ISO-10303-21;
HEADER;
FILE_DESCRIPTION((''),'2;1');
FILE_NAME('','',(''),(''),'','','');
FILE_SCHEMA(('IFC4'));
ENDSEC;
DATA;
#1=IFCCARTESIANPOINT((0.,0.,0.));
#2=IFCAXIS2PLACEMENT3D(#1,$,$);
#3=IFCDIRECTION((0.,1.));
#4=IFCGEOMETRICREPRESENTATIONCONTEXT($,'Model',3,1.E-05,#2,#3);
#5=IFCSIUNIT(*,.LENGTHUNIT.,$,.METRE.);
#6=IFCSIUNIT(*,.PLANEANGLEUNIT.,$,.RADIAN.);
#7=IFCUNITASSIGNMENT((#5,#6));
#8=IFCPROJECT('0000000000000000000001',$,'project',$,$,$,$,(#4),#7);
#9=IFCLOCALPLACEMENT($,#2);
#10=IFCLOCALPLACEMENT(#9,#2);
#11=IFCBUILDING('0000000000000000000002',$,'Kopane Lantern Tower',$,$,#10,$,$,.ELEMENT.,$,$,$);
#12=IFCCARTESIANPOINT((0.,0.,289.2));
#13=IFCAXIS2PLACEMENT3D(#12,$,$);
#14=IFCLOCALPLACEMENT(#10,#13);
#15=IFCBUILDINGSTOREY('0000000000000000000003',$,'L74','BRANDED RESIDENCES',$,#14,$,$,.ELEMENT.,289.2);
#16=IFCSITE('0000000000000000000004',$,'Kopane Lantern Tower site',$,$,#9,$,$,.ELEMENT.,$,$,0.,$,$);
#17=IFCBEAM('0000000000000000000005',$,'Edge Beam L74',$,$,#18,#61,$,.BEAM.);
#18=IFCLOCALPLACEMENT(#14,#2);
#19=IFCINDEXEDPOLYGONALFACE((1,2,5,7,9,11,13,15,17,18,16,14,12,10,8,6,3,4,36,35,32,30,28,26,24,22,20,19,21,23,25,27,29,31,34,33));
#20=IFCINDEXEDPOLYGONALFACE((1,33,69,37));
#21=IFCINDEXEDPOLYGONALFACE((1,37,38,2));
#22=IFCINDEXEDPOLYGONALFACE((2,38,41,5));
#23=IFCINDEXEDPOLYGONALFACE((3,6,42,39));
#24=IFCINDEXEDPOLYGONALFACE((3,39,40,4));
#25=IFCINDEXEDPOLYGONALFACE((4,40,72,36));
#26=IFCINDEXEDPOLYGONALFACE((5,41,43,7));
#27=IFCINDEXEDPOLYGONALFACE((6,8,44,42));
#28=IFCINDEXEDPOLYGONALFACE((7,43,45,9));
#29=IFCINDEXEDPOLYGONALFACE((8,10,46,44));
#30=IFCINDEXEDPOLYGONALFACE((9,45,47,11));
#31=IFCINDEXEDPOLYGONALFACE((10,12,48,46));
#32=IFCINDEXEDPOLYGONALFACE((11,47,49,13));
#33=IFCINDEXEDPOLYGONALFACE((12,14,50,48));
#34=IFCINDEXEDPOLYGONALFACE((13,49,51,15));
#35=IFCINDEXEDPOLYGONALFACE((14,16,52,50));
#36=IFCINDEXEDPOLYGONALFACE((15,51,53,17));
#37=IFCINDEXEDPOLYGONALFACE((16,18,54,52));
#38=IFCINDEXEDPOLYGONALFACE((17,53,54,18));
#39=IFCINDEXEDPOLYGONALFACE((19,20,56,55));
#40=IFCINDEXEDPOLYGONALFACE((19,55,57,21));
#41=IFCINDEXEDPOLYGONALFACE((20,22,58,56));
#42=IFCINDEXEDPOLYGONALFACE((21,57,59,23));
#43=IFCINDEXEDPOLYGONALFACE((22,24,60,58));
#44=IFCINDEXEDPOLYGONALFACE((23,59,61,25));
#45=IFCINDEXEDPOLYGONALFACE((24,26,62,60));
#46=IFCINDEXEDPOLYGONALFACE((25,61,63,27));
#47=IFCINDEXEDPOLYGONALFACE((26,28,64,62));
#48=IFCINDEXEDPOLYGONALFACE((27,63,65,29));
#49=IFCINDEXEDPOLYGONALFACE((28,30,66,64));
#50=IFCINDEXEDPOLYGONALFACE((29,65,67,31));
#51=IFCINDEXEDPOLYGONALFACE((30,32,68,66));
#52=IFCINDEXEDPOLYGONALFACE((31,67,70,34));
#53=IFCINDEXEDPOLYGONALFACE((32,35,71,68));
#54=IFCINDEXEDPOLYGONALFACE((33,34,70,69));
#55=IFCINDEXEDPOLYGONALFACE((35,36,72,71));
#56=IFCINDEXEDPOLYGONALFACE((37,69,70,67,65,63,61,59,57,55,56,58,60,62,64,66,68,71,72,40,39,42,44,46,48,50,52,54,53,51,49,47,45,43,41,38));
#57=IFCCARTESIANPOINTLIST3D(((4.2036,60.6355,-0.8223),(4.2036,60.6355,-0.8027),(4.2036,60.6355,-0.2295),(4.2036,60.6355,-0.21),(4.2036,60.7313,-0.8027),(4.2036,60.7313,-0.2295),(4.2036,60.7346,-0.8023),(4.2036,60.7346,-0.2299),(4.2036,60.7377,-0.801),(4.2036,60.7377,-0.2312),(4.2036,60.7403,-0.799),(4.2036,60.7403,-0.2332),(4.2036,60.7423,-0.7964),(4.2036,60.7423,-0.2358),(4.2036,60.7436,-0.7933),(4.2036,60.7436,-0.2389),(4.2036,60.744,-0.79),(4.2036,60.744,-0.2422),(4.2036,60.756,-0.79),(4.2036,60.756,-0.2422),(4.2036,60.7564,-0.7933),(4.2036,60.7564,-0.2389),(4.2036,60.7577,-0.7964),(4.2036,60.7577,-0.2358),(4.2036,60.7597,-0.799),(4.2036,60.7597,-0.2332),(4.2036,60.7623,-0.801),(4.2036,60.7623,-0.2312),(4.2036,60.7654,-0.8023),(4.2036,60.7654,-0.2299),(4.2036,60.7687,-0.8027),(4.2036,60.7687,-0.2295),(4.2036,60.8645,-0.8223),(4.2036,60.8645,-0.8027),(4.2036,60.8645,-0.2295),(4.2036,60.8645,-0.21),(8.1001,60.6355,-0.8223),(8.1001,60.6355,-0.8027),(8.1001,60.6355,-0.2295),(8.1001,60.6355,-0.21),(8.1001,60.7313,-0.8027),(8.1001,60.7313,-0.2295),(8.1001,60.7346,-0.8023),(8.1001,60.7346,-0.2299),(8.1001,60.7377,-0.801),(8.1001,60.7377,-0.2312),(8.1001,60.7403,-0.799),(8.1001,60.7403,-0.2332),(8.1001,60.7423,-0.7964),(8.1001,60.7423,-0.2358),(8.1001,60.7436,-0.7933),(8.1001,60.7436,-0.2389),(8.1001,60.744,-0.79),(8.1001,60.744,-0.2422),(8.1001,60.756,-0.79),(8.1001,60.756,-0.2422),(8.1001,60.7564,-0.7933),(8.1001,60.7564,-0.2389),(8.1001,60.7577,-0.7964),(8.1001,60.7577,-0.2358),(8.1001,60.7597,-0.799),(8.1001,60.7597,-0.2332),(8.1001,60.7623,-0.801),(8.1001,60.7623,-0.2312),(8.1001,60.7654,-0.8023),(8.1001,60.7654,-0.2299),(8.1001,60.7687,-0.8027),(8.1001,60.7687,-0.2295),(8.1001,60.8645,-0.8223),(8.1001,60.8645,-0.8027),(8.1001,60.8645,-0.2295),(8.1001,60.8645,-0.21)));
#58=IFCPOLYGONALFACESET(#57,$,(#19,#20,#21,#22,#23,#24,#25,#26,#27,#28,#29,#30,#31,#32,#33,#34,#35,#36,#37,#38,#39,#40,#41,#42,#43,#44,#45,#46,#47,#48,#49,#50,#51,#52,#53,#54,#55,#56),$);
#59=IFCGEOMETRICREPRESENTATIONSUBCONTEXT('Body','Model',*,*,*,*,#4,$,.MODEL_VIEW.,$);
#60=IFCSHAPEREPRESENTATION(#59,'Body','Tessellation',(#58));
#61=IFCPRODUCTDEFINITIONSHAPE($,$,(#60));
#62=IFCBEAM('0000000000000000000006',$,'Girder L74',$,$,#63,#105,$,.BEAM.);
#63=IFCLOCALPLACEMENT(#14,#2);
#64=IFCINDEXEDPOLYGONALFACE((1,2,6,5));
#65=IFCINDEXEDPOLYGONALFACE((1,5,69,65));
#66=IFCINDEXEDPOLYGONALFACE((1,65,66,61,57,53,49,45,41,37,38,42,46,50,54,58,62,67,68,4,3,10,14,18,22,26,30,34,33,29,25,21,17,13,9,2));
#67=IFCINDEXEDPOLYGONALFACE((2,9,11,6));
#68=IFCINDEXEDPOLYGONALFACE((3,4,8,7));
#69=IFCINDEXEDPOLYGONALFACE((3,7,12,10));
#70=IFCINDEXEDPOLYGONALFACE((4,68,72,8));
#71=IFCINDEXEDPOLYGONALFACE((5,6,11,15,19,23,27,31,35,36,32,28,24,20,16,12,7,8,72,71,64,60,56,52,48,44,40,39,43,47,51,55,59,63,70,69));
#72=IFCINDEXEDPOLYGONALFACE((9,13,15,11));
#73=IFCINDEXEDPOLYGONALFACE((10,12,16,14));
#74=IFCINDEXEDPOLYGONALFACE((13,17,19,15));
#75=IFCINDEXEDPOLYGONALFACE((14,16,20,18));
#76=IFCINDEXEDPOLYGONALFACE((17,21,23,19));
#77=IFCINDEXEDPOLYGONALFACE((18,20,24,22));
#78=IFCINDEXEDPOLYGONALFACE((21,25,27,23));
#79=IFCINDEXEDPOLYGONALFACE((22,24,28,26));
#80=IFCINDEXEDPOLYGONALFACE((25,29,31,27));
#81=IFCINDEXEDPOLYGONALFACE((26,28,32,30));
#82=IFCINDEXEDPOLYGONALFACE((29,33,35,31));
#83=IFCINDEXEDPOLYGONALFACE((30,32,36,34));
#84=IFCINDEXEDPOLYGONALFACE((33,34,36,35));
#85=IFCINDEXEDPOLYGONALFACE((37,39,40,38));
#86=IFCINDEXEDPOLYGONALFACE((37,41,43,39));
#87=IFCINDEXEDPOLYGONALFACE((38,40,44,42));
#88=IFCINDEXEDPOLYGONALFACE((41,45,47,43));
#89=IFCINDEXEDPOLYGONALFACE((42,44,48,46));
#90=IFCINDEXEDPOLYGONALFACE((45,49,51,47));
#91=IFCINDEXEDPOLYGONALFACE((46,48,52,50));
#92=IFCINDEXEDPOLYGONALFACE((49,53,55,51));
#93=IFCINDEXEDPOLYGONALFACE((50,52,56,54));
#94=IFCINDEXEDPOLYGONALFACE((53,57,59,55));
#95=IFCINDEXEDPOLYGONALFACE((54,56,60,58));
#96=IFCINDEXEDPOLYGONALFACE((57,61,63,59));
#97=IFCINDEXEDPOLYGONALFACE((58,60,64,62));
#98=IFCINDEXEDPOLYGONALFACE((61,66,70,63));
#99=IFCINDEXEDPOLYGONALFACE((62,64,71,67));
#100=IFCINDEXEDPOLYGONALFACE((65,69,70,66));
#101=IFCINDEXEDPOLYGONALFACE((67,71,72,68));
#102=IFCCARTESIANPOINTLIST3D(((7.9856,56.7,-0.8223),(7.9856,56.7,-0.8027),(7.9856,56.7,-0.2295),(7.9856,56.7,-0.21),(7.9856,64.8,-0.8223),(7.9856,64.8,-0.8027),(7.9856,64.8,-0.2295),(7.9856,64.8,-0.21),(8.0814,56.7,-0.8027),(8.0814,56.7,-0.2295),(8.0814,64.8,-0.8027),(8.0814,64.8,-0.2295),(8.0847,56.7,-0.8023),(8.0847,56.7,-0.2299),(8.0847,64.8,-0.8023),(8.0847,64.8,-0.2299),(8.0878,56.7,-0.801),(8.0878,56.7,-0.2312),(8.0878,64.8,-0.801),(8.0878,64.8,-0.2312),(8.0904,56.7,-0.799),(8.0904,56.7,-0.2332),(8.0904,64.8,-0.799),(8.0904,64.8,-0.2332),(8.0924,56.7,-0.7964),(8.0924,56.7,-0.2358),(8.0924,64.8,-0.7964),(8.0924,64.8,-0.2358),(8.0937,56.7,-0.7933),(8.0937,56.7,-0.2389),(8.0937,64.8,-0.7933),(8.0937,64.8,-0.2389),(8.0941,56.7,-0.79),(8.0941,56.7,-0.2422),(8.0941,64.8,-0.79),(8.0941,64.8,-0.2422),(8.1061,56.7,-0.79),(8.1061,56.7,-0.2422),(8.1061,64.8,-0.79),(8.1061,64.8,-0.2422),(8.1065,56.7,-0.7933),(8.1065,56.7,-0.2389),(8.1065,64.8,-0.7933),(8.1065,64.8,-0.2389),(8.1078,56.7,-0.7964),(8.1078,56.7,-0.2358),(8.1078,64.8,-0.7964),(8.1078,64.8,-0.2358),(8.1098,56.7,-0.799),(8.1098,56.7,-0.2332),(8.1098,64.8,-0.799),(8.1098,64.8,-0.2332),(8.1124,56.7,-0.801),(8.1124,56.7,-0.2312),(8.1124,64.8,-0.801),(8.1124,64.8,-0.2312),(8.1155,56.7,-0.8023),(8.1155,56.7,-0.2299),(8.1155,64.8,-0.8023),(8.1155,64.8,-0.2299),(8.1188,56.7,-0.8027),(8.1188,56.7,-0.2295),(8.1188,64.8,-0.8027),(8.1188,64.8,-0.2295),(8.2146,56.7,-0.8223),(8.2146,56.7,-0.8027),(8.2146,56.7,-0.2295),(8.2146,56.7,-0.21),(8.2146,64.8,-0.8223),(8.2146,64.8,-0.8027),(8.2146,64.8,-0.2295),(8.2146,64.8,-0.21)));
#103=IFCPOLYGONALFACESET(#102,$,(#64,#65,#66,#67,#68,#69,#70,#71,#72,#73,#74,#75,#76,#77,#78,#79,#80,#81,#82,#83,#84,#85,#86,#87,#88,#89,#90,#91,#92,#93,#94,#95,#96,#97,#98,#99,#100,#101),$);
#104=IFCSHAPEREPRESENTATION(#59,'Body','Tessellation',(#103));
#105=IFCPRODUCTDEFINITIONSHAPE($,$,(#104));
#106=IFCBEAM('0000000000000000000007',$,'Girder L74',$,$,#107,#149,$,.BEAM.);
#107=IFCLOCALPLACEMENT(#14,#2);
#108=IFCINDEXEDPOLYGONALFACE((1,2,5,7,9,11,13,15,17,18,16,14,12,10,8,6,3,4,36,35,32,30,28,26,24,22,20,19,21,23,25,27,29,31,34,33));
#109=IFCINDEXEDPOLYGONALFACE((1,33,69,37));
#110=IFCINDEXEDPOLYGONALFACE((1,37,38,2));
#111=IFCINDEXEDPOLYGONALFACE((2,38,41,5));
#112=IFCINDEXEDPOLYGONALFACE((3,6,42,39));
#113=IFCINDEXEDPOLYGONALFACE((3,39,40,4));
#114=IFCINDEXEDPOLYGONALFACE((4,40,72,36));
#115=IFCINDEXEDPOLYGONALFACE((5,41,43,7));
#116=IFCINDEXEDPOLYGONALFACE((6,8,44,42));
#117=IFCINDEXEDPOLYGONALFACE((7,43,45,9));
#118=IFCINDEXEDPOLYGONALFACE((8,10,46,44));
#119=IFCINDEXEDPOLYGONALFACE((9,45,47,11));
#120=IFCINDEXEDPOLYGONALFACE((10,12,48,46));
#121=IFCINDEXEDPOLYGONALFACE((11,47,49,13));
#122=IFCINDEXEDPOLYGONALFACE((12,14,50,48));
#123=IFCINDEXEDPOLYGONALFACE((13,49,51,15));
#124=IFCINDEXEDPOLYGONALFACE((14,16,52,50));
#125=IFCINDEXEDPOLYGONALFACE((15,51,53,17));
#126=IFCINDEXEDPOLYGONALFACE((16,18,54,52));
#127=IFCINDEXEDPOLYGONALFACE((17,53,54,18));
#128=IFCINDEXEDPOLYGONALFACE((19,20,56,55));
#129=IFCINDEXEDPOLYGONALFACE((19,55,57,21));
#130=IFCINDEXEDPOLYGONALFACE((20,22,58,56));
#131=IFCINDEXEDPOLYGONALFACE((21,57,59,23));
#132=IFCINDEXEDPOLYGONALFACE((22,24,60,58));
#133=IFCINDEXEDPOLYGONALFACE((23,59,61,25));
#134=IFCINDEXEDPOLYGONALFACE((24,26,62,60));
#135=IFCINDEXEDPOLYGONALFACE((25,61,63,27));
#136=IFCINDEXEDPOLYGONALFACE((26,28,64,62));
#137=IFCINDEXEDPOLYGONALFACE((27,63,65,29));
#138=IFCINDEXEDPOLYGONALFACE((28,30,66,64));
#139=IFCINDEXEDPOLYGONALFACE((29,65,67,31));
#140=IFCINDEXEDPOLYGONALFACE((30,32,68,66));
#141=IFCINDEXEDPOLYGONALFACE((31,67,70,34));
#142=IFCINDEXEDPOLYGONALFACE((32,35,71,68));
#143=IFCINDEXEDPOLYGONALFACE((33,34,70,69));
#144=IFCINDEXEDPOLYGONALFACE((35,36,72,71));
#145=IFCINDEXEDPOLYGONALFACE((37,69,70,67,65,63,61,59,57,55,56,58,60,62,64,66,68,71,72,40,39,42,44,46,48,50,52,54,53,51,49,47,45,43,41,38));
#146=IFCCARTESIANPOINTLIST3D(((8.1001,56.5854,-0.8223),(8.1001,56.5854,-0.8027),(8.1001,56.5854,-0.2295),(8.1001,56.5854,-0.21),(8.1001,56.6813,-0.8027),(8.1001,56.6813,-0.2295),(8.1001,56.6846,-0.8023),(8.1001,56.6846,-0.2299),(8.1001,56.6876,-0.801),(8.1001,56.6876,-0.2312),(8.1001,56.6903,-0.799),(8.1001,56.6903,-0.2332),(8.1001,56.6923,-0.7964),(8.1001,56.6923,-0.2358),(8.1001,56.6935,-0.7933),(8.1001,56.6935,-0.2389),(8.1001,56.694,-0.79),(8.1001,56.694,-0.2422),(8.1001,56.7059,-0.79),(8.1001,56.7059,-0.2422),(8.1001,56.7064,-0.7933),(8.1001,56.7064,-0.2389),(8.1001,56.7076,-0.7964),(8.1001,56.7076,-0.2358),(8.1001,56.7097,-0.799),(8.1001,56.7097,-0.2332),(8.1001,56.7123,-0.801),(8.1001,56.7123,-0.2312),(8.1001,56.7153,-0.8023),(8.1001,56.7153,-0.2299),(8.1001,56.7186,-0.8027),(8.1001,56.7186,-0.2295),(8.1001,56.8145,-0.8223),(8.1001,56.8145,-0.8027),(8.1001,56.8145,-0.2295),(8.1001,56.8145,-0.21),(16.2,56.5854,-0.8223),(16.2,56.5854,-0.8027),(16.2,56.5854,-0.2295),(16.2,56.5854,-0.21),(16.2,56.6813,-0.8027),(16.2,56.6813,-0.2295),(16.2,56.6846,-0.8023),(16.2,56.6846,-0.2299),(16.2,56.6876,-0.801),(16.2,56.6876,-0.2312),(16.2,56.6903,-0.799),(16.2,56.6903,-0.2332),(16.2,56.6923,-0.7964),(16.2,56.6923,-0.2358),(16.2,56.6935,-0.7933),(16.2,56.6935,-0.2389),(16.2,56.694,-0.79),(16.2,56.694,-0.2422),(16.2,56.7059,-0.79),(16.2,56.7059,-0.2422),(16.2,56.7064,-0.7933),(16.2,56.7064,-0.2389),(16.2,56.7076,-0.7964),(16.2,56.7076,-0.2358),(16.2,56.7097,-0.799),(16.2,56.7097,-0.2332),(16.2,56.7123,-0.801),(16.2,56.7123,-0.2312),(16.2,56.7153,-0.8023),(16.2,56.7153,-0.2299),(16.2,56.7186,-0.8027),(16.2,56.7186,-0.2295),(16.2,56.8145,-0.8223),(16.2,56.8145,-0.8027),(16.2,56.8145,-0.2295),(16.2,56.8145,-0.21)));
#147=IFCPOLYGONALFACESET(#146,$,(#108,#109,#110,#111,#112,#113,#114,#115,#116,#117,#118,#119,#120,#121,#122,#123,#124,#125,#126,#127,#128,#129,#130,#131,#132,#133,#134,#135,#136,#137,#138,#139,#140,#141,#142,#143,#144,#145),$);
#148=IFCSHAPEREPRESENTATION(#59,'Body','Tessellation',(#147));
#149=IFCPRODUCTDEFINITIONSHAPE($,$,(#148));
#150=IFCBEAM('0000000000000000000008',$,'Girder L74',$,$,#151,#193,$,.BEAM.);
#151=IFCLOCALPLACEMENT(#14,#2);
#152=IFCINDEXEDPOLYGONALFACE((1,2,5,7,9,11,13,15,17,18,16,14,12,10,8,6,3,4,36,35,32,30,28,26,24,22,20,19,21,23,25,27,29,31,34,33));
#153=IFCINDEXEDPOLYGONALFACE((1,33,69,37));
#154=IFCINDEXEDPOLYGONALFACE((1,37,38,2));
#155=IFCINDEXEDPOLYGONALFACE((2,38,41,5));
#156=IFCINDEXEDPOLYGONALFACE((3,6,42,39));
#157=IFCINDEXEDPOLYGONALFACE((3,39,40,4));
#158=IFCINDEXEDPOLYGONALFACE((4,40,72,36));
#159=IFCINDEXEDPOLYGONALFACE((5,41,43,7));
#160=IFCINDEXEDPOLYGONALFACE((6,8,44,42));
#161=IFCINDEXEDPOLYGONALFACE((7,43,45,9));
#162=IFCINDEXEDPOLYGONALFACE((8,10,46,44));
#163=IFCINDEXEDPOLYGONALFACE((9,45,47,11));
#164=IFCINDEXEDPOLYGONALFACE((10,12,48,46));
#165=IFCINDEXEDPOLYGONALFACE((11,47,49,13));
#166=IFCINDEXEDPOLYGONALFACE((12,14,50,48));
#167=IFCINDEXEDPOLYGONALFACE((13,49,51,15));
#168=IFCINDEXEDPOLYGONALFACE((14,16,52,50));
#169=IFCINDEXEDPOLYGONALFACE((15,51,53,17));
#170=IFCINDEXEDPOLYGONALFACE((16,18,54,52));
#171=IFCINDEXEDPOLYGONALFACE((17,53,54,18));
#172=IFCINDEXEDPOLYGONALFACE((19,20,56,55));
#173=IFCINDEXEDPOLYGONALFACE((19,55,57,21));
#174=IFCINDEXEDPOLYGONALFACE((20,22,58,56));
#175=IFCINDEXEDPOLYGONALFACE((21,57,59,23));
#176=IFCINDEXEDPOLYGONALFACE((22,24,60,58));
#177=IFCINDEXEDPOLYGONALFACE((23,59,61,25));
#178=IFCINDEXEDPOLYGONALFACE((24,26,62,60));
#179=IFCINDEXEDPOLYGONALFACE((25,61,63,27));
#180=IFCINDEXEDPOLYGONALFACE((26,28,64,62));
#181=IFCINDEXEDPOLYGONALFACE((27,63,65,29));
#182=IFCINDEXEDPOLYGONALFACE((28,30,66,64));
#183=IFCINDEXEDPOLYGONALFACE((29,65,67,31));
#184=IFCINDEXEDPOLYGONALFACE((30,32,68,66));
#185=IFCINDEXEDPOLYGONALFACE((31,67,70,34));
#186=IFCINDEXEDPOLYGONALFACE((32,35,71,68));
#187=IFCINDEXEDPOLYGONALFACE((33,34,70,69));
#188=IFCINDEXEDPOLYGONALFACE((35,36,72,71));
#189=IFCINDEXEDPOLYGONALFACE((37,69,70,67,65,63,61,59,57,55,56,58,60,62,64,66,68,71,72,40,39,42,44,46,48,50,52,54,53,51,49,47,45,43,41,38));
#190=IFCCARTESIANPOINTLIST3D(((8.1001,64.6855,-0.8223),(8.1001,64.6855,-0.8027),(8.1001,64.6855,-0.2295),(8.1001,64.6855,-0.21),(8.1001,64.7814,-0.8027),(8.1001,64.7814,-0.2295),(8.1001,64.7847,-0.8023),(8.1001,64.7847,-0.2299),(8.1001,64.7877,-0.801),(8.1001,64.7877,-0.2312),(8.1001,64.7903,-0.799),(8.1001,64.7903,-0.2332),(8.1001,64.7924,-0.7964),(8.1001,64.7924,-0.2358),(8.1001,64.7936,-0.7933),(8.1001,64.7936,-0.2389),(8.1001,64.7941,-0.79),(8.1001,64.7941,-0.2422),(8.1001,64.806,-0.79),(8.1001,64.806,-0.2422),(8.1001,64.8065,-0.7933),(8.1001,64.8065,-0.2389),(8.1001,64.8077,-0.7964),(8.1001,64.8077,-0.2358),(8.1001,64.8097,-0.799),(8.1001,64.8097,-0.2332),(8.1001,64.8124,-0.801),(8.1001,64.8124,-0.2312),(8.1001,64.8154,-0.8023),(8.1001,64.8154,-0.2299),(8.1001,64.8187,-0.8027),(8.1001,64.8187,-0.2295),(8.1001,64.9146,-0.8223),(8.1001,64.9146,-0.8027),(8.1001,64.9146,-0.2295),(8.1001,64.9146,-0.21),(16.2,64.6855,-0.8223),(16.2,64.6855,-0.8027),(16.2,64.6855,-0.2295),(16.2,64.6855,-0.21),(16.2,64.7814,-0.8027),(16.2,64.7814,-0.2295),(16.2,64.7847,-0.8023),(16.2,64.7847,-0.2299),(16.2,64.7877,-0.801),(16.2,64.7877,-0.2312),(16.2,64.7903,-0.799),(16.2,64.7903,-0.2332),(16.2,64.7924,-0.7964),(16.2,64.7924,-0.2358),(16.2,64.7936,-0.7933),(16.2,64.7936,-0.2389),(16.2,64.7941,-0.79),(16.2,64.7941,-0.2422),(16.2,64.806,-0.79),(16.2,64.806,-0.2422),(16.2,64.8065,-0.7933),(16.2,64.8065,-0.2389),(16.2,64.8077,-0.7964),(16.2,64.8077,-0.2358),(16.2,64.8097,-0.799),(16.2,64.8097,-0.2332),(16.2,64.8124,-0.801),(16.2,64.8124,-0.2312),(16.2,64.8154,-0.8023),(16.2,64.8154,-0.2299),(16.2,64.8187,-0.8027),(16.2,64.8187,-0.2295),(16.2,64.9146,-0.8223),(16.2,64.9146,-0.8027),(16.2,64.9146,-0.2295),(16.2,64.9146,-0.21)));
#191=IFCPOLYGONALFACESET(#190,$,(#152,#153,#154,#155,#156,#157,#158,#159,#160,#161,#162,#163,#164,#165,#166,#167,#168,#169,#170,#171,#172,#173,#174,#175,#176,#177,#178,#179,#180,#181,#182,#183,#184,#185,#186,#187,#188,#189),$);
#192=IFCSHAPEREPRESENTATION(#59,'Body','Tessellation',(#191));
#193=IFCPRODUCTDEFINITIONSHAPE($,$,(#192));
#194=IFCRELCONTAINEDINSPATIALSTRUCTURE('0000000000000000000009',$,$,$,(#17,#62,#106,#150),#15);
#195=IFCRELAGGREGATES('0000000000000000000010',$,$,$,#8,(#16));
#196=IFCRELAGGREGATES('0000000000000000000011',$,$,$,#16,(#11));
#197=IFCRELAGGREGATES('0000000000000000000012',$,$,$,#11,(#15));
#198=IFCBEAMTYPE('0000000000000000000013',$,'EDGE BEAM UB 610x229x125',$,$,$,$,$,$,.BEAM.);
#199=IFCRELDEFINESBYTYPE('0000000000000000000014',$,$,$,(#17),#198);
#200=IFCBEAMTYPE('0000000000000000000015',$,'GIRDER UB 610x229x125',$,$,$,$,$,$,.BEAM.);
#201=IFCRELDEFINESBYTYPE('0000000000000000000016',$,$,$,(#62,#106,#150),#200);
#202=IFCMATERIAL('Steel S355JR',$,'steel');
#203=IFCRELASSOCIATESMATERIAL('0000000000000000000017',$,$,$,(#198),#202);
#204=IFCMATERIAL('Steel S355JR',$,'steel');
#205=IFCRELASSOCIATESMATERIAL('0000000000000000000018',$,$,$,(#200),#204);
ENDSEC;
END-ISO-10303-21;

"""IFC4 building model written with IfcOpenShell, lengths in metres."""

from ifc_helpers import new_model, si_unit, direction, frame, origin, origin_2d, place, context, subcontext, project, spatial, i_section, extrude, material, material_profile, profile_set, type_object, element, save


model = new_model("IFC4")

# Units and contexts
model_context = context("Model", 3, precision=1e-05, world=origin(), true_north=direction((0.0, 1.0)))
body_context = subcontext(model_context, "Body", "Model", "MODEL_VIEW")
ifc_project = project(units=[si_unit("LENGTHUNIT", "METRE"), si_unit("PLANEANGLEUNIT", "RADIAN")], contexts=[model_context])

# Site, building, storey
site_placement = place(None, origin())
site = spatial("IfcSite", under=ifc_project, at=site_placement, Name="Kopane Lantern Tower site", CompositionType="ELEMENT", RefElevation=0.0)
building_placement = place(site_placement, origin())
building = spatial("IfcBuilding", under=site, at=building_placement, Name="Kopane Lantern Tower", CompositionType="ELEMENT")
storey_placement = place(building_placement, frame((0.0, 0.0, 289.2)))
storey = spatial("IfcBuildingStorey", under=building, at=storey_placement, Name="L74", Description="BRANDED RESIDENCES", CompositionType="ELEMENT", Elevation=289.2)

# Beams
ifc_material_1 = material(Name="Steel S355JR", Category="steel")
ifc_material_profile_1 = material_profile(ifc_material_1, i_section(OverallWidth=0.229, OverallDepth=0.6123, WebThickness=0.012, FlangeThickness=0.0195, FilletRadius=0.0127, at=origin_2d()), Name="UB 610x229x125")
ifc_profile_set_1 = profile_set([ifc_material_profile_1], Name="Steel S355JR")
beam_type_1 = type_object("IfcBeamType", Name="EDGE BEAM UB 610x229x125", PredefinedType="BEAM", material=ifc_profile_set_1)
beam_1_placement = place(storey_placement, frame((4.2036, 60.75, -0.5161), z_axis=(1.0, 0.0, 0.0), x_axis=(0.0, 1.0, 0.0)))
element("IfcBeam", 1, at=beam_1_placement, inside=storey, type_object=beam_type_1, Name="Edge Beam L74", PredefinedType="BEAM", context=body_context, shape_type="SweptSolid", body=[
    extrude(i_section(OverallWidth=0.229, OverallDepth=0.6123, WebThickness=0.012, FlangeThickness=0.0195, FilletRadius=0.0127, at=origin_2d()), origin(), (0.0, 0.0, 1.0), 3.8965),
])
ifc_material_2 = material(Name="Steel S355JR", Category="steel")
ifc_material_profile_2 = material_profile(ifc_material_2, i_section(OverallWidth=0.229, OverallDepth=0.6123, WebThickness=0.012, FlangeThickness=0.0195, FilletRadius=0.0127, at=origin_2d()), Name="UB 610x229x125")
ifc_profile_set_2 = profile_set([ifc_material_profile_2], Name="Steel S355JR")
beam_type_2 = type_object("IfcBeamType", Name="GIRDER UB 610x229x125", PredefinedType="BEAM", material=ifc_profile_set_2)
beam_2_placement = place(storey_placement, frame((8.1001, 56.7, -0.5161), z_axis=(0.0, 1.0, 0.0), x_axis=(-1.0, 0.0, 0.0)))
element("IfcBeam", 2, at=beam_2_placement, inside=storey, type_object=beam_type_2, Name="Girder L74", PredefinedType="BEAM", context=body_context, shape_type="SweptSolid", body=[
    extrude(i_section(OverallWidth=0.229, OverallDepth=0.6123, WebThickness=0.012, FlangeThickness=0.0195, FilletRadius=0.0127, at=origin_2d()), origin(), (0.0, 0.0, 1.0), 8.1001),
])
for number, where, z_axis, x_axis, name in (
    (3, (8.1001, 56.7, -0.5161), (1.0, 0.0, 0.0), (0.0, 1.0, 0.0), "Girder L74"),
    (4, (8.1001, 64.8, -0.5161), (1.0, 0.0, 0.0), (0.0, 1.0, 0.0), "Girder L74"),
):
    element("IfcBeam", number, at=place(storey_placement, frame(where, z_axis=z_axis, x_axis=x_axis)), inside=storey, type_object=beam_type_2, Name=name, PredefinedType="BEAM", context=body_context, shape_type="SweptSolid", body=[
        extrude(i_section(OverallWidth=0.229, OverallDepth=0.6123, WebThickness=0.012, FlangeThickness=0.0195, FilletRadius=0.0127, at=origin_2d()), origin(), (0.0, 0.0, 1.0), 8.0999),
    ])

save(model, "model.ifc")
